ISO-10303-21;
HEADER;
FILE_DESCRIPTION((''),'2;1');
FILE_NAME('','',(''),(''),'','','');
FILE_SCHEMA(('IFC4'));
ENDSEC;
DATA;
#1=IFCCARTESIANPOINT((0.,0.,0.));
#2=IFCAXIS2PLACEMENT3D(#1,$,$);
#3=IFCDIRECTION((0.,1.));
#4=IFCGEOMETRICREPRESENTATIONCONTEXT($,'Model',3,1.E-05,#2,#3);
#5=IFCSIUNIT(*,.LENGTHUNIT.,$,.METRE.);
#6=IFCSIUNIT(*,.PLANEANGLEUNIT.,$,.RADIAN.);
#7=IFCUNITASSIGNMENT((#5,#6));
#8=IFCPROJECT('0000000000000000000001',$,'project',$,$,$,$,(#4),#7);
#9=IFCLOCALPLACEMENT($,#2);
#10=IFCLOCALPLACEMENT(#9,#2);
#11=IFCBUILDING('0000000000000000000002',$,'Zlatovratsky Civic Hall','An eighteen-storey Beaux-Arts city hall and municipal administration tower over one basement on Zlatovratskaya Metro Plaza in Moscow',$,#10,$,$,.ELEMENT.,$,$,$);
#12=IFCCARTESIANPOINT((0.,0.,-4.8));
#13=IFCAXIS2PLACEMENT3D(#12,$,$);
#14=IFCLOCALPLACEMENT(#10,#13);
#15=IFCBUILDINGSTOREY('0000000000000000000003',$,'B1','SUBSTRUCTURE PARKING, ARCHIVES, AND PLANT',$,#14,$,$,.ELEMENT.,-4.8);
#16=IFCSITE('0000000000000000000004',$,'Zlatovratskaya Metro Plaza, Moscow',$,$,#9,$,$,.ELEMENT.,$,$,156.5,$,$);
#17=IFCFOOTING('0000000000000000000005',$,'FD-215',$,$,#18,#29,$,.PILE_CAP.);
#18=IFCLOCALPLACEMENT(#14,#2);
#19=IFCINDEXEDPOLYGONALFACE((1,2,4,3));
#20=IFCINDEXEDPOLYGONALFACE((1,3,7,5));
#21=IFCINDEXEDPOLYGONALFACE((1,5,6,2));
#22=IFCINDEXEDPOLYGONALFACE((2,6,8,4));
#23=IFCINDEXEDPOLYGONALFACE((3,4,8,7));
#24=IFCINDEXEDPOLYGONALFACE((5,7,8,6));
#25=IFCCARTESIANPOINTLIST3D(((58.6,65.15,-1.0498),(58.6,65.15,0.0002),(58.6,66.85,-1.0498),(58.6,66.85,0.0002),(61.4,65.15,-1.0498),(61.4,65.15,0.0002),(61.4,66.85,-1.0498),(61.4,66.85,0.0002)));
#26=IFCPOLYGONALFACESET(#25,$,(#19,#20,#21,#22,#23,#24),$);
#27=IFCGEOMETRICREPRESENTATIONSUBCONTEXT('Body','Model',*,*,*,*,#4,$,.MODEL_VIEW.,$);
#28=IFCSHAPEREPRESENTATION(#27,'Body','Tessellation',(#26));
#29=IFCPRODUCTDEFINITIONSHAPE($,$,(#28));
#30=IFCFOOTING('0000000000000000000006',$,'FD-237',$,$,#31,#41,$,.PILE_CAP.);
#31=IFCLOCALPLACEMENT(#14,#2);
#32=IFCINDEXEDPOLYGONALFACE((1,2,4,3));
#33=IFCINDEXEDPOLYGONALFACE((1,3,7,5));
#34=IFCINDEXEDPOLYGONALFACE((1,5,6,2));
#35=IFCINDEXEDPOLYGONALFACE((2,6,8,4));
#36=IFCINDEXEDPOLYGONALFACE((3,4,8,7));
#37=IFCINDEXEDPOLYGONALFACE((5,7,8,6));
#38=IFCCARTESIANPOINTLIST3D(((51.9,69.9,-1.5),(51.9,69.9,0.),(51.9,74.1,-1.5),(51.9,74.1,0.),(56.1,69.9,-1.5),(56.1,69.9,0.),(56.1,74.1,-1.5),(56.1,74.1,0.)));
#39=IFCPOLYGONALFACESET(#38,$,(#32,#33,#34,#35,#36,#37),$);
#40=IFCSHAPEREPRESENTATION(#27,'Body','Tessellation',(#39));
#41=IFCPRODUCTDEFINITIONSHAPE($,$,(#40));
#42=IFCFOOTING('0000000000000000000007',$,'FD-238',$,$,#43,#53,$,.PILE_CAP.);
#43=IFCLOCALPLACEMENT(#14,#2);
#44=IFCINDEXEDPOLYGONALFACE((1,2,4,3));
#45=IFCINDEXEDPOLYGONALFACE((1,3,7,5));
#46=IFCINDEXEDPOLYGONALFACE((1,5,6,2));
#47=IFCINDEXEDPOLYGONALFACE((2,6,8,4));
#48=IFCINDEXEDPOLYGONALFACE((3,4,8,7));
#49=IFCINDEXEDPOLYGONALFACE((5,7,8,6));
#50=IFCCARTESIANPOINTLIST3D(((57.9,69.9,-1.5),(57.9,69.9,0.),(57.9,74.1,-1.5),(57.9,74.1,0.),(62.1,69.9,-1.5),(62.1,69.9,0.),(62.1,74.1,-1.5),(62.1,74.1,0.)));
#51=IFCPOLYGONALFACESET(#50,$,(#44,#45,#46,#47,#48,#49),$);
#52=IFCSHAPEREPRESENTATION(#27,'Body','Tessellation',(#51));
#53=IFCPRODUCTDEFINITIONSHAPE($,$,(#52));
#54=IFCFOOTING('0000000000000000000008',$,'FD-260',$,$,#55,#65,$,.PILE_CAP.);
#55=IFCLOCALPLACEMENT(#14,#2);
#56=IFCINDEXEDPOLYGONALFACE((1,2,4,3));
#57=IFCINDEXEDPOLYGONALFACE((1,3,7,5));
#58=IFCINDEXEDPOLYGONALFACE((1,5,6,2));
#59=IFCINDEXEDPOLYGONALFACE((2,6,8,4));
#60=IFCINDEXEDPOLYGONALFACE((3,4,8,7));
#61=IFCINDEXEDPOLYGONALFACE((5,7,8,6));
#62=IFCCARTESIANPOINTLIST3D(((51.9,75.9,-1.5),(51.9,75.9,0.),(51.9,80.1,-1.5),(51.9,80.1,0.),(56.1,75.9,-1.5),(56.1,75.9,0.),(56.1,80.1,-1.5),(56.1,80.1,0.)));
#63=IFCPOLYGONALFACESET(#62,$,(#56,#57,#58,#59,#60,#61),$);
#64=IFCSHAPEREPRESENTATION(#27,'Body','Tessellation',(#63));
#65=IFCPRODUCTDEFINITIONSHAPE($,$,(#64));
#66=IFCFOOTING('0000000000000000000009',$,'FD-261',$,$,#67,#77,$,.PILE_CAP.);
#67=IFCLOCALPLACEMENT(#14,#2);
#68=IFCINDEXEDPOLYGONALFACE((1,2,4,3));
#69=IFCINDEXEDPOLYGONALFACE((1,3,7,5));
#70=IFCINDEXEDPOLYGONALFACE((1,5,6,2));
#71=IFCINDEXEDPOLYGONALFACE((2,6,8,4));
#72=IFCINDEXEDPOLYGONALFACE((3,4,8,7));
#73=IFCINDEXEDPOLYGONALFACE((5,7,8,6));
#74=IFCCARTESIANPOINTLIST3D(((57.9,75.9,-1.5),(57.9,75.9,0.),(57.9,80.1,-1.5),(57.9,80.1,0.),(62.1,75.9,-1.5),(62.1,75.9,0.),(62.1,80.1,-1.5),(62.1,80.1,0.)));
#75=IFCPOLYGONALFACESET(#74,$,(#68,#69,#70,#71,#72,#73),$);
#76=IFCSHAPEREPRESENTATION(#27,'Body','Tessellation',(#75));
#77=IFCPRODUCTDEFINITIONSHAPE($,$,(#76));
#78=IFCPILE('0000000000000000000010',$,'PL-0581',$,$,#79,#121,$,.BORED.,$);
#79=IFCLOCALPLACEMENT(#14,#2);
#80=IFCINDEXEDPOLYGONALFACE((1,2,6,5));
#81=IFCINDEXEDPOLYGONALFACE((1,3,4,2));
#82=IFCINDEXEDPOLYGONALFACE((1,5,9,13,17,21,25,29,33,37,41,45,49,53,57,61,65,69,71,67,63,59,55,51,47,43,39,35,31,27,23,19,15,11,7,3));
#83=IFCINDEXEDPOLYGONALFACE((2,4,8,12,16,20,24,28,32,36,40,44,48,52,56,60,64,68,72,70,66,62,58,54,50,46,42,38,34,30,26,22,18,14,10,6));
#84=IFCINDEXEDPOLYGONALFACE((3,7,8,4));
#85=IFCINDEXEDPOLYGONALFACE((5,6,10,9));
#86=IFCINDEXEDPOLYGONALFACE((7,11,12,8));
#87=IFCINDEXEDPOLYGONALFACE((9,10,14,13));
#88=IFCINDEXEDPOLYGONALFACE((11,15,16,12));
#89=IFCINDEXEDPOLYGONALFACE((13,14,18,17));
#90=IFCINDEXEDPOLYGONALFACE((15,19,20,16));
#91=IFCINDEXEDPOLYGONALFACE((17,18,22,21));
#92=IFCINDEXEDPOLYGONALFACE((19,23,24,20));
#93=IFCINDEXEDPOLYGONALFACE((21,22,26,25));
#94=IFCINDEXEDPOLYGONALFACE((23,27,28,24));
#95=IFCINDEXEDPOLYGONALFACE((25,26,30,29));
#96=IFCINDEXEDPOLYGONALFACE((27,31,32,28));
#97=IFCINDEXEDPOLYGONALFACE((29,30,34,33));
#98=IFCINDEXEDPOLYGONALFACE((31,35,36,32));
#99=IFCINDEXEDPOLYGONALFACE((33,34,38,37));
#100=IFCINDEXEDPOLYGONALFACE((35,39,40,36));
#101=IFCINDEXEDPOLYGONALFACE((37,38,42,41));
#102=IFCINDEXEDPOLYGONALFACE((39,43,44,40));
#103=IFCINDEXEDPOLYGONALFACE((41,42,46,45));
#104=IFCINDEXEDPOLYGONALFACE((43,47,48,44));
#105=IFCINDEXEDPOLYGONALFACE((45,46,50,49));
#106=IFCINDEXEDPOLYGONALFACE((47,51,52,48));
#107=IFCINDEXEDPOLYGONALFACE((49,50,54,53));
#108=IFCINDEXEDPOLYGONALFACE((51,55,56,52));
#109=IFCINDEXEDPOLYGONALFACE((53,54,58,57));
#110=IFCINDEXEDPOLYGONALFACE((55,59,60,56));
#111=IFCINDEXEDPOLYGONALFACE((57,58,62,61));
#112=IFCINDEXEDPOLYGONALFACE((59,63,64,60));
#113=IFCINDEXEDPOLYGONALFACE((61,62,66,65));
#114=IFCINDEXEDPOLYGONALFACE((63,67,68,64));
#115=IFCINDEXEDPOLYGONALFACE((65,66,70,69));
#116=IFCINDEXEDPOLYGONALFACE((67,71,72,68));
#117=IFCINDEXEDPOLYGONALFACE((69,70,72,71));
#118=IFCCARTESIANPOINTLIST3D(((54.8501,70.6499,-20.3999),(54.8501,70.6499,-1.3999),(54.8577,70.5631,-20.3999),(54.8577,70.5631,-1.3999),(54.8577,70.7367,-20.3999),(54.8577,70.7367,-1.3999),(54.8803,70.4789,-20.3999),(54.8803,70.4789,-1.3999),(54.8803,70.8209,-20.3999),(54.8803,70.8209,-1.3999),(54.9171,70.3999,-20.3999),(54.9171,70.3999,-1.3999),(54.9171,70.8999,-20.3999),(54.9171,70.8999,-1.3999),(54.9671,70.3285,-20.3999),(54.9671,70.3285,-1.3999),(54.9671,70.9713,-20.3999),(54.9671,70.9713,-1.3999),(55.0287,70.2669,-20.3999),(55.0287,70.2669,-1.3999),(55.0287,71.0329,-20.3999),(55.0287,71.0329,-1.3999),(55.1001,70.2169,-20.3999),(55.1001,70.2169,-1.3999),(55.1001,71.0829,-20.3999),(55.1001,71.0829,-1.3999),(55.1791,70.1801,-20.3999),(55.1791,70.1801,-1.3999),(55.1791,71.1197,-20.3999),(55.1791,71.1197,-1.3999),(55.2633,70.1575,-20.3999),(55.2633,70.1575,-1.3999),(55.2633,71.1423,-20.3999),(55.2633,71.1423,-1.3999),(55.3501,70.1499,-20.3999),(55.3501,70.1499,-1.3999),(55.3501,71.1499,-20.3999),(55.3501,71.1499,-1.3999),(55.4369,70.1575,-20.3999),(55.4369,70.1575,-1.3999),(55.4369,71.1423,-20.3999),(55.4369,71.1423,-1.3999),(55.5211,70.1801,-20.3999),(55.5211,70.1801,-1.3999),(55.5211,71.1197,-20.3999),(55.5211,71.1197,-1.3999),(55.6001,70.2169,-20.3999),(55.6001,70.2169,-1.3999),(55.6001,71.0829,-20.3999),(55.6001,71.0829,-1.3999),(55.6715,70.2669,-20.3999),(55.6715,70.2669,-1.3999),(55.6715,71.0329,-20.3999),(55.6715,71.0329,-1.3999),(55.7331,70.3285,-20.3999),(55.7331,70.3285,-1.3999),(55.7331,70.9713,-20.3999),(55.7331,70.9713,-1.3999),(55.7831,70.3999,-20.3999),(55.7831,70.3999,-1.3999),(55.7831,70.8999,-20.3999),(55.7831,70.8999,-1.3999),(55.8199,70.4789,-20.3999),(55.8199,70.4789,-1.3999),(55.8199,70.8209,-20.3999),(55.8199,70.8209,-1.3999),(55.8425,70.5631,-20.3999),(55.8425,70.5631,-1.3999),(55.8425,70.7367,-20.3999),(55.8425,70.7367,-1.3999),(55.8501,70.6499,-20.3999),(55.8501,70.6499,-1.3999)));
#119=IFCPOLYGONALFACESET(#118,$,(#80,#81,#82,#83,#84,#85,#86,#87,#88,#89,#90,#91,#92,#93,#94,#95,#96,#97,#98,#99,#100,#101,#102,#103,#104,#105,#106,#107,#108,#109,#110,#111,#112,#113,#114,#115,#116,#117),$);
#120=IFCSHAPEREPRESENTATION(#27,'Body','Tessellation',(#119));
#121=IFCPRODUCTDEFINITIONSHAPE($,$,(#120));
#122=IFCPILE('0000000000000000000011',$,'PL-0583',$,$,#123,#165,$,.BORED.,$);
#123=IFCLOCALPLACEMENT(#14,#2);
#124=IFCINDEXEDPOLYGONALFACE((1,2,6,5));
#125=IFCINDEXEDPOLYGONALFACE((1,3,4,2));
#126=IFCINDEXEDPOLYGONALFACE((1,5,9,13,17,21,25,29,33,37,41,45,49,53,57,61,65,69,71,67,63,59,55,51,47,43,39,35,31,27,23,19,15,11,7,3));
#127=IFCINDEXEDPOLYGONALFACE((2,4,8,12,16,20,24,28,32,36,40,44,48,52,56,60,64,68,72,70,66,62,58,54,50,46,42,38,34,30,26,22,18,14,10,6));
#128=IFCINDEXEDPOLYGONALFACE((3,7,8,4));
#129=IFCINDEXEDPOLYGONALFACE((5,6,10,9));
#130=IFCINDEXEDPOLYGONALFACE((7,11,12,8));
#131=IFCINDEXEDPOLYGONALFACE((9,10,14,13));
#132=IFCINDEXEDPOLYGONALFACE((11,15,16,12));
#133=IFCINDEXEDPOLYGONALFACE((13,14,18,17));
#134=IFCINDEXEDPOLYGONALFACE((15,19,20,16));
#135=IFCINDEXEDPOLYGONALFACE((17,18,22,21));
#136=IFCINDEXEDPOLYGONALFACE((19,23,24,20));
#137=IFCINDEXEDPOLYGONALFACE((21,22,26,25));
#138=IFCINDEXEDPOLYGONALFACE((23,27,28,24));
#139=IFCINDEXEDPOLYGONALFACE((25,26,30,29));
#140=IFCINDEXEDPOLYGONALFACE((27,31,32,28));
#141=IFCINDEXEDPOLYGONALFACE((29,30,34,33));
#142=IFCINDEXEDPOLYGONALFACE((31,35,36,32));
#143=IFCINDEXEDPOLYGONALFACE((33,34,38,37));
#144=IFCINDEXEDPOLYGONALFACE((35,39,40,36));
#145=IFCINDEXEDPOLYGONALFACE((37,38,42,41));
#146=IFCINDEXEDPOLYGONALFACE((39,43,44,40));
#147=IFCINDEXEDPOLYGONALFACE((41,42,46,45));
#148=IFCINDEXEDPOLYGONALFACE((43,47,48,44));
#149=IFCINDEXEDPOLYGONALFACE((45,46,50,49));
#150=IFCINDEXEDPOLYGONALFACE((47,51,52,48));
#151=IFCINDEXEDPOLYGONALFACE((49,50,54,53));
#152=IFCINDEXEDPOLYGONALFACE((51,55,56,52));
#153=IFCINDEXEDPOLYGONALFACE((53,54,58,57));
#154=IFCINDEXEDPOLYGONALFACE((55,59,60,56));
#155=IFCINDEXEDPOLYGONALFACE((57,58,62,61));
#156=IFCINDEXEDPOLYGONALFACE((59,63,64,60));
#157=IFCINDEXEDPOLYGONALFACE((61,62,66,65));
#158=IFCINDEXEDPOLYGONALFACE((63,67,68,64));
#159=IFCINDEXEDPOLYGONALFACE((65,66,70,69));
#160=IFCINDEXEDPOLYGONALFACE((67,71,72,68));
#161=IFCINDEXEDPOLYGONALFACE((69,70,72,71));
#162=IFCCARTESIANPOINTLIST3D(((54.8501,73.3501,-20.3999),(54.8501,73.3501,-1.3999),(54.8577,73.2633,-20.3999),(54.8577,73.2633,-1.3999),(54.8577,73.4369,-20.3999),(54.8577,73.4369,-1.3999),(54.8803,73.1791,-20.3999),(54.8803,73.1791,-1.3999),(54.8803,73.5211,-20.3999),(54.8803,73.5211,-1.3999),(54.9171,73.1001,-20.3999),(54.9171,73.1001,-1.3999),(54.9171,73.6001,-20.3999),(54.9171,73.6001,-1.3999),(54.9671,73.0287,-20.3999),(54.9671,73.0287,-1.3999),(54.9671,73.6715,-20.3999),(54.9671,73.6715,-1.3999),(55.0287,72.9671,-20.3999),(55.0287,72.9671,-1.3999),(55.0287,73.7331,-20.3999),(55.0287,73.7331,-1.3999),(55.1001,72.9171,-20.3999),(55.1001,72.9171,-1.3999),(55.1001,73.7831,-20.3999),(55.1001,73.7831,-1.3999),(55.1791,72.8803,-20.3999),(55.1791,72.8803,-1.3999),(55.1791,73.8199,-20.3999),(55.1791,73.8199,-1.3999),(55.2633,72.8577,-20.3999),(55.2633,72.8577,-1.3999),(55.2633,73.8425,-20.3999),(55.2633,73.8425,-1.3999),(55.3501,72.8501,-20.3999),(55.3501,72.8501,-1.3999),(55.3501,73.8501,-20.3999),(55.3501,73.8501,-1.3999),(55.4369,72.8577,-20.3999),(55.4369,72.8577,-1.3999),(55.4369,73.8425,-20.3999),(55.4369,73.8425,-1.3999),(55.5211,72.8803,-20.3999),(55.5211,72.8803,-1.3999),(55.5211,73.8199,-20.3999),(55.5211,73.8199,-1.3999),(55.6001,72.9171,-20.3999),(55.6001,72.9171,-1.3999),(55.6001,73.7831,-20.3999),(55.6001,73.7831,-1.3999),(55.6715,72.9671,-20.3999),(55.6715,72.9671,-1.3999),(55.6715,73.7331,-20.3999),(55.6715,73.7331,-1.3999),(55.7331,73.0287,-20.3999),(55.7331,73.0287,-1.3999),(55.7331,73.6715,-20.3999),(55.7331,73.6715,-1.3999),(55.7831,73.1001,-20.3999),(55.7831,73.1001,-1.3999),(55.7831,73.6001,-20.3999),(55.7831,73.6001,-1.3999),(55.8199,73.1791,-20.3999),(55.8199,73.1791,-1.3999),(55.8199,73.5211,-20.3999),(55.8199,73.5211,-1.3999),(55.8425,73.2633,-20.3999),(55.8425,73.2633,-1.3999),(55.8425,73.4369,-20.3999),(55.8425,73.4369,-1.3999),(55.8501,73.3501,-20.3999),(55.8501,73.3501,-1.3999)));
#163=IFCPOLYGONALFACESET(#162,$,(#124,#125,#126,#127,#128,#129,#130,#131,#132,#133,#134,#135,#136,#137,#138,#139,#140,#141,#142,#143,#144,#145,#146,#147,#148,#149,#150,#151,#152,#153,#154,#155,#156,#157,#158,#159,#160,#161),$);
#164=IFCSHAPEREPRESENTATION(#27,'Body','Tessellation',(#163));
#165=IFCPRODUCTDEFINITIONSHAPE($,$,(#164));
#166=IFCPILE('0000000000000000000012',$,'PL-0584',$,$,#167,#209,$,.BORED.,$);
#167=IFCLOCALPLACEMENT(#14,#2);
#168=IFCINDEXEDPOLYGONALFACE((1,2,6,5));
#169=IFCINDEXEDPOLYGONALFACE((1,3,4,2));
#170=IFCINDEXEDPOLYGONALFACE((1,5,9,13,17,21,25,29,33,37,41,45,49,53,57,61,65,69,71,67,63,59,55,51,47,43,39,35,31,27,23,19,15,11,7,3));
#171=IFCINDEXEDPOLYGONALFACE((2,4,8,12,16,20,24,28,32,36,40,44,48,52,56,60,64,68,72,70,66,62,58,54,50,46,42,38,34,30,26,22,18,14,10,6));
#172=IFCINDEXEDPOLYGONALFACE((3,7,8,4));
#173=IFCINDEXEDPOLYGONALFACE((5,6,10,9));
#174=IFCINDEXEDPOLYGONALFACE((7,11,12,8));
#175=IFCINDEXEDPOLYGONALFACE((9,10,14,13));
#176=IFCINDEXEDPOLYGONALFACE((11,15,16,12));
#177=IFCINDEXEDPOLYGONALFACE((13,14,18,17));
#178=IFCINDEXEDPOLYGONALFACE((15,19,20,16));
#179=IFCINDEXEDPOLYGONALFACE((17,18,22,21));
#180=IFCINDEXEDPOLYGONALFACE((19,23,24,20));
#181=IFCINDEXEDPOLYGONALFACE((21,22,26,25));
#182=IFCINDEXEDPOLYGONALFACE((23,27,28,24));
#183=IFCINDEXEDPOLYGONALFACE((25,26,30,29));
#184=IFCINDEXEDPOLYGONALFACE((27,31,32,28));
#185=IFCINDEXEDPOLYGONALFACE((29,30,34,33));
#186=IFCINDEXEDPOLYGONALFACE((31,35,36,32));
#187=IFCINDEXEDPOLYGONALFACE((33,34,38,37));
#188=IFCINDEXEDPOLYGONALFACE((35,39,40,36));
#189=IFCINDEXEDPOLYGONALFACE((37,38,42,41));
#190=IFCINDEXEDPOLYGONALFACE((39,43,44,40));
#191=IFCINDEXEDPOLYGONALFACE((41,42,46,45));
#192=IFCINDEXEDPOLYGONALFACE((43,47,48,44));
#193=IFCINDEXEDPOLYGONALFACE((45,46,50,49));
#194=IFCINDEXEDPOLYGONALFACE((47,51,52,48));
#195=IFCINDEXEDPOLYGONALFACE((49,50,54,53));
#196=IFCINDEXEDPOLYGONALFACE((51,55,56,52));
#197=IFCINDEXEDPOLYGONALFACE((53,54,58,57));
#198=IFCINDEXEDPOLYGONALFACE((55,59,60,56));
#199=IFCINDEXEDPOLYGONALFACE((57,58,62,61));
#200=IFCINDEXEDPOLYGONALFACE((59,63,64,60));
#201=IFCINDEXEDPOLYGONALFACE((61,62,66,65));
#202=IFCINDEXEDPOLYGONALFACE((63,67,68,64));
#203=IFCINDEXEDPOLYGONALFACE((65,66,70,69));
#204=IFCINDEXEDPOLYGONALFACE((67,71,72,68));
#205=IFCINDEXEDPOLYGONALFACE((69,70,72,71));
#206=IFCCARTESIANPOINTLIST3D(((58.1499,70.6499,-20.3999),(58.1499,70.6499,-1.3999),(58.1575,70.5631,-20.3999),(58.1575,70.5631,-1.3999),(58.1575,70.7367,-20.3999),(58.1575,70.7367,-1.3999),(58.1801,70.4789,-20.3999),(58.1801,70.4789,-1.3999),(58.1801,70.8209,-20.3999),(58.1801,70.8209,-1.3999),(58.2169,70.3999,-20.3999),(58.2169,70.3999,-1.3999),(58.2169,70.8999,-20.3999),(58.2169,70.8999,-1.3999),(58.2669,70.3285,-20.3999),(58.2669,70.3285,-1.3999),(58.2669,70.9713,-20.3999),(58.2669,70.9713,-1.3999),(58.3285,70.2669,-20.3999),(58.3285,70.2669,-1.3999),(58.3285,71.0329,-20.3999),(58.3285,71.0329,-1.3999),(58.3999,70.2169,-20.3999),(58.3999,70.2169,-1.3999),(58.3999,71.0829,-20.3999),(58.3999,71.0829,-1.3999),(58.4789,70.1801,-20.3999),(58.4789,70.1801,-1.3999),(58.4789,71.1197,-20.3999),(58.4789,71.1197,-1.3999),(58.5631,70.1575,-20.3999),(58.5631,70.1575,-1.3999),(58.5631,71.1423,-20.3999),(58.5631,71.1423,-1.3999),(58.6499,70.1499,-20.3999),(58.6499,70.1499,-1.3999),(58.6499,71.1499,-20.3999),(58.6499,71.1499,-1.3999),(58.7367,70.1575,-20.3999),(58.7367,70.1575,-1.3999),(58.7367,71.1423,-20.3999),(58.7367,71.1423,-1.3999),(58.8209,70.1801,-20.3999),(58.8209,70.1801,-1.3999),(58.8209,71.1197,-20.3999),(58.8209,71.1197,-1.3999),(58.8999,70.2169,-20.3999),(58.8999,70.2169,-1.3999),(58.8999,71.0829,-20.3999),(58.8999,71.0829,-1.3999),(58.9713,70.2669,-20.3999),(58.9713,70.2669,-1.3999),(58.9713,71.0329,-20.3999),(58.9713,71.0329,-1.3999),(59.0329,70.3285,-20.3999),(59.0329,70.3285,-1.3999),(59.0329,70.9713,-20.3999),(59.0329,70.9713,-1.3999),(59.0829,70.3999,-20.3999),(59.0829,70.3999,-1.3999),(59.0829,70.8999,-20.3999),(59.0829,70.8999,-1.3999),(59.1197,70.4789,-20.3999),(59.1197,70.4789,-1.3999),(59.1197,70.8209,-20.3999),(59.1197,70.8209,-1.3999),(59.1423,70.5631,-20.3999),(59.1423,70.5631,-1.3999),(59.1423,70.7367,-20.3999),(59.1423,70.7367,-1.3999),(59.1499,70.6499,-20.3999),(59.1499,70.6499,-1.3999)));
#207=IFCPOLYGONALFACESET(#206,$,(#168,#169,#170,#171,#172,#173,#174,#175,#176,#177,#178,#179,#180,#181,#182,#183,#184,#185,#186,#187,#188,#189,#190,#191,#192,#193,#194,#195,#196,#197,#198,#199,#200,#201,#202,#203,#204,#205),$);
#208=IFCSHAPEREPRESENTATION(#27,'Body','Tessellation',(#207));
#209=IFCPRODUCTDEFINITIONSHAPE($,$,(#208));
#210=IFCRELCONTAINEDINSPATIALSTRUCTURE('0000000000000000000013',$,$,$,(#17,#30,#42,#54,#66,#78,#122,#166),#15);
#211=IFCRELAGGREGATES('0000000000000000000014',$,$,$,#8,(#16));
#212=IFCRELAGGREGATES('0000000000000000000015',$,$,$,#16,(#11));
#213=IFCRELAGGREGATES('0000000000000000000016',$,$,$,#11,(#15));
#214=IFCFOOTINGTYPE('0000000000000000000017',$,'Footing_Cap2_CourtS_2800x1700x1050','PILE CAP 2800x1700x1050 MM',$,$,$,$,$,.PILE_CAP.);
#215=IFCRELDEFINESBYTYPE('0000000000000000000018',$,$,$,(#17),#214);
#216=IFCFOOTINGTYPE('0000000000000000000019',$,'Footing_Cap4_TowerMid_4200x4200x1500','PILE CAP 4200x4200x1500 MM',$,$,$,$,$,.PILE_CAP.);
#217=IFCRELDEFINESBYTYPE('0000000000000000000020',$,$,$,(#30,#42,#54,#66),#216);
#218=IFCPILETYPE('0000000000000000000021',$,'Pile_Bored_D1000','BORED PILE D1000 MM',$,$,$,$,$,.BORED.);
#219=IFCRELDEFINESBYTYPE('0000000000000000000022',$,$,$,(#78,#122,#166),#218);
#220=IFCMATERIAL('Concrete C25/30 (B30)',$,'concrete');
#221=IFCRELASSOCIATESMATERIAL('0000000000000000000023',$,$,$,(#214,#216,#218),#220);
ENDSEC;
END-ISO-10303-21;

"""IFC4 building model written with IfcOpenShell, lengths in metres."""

from ifc_helpers import new_model, si_unit, direction, frame, origin, origin_2d, place, context, subcontext, project, spatial, rectangle, circle, extrude, material, material_profile, profile_set, type_object, element, save


model = new_model("IFC4")

# Units and contexts
model_context = context("Model", 3, precision=1e-05, world=origin(), true_north=direction((0.0, 1.0)))
body_context = subcontext(model_context, "Body", "Model", "MODEL_VIEW")
ifc_project = project(units=[si_unit("LENGTHUNIT", "METRE"), si_unit("PLANEANGLEUNIT", "RADIAN")], contexts=[model_context])

# Site, building, storey
site_placement = place(None, origin())
site = spatial("IfcSite", under=ifc_project, at=site_placement, Name="Zlatovratskaya Metro Plaza, Moscow", CompositionType="ELEMENT", RefElevation=156.5)
building_placement = place(site_placement, origin())
building = spatial("IfcBuilding", under=site, at=building_placement, Name="Zlatovratsky Civic Hall", Description="An eighteen-storey Beaux-Arts city hall and municipal administration tower over one basement on Zlatovratskaya Metro Plaza in Moscow", CompositionType="ELEMENT")
storey_placement = place(building_placement, frame((0.0, 0.0, -4.8)))
storey = spatial("IfcBuildingStorey", under=building, at=storey_placement, Name="B1", Description="SUBSTRUCTURE PARKING, ARCHIVES, AND PLANT", CompositionType="ELEMENT", Elevation=-4.8)

# Footings
ifc_material_1 = material(Name="Concrete C25/30 (B30)", Category="concrete")
footing_type_1 = type_object("IfcFootingType", Name="Footing_Cap2_CourtS_2800x1700x1050", Description="PILE CAP 2800x1700x1050 MM", PredefinedType="PILE_CAP", material=ifc_material_1)
footing_placement = place(storey_placement, frame((60.0, 66.0, -1.0498), z_axis=(0.0, 0.0, 1.0), x_axis=(1.0, 0.0, 0.0)))
element("IfcFooting", 1, at=footing_placement, inside=storey, type_object=footing_type_1, Name="FD-215", PredefinedType="PILE_CAP", context=body_context, shape_type="SweptSolid", body=[
    extrude(rectangle(XDim=2.8, YDim=1.7, at=origin_2d()), origin(), (0.0, 0.0, 1.0), 1.05),
])
footing_type_2 = type_object("IfcFootingType", Name="Footing_Cap4_TowerMid_4200x4200x1500", Description="PILE CAP 4200x4200x1500 MM", PredefinedType="PILE_CAP", material=ifc_material_1)
for number, where, z_axis, x_axis, name in (
    (2, (54.0, 72.0, -1.5), (0.0, 0.0, 1.0), (1.0, 0.0, 0.0), "FD-237"),
    (3, (60.0, 72.0, -1.5), (0.0, 0.0, 1.0), (1.0, 0.0, 0.0), "FD-238"),
    (4, (54.0, 78.0, -1.5), (0.0, 0.0, 1.0), (1.0, 0.0, 0.0), "FD-260"),
    (5, (60.0, 78.0, -1.5), (0.0, 0.0, 1.0), (1.0, 0.0, 0.0), "FD-261"),
):
    element("IfcFooting", number, at=place(storey_placement, frame(where, z_axis=z_axis, x_axis=x_axis)), inside=storey, type_object=footing_type_2, Name=name, PredefinedType="PILE_CAP", context=body_context, shape_type="SweptSolid", body=[
        extrude(rectangle(XDim=4.2, YDim=4.2, at=origin_2d()), origin(), (0.0, 0.0, 1.0), 1.5),
    ])

# Piles
ifc_material_profile_1 = material_profile(ifc_material_1, circle(Radius=0.5, at=origin_2d()), Name="PILE D1000")
ifc_profile_set_1 = profile_set([ifc_material_profile_1], Name="Concrete C25/30 (B30)")
pile_type_1 = type_object("IfcPileType", Name="Pile_Bored_D1000", Description="BORED PILE D1000 MM", PredefinedType="BORED", material=ifc_profile_set_1)
for number, where, z_axis, x_axis, name in (
    (6, (55.3501, 70.6499, -1.3999), (0.0, 0.0, -1.0), (1.0, 0.0, 0.0), "PL-0581"),
    (7, (55.3501, 73.3501, -1.3999), (0.0, 0.0, -1.0), (1.0, 0.0, 0.0), "PL-0583"),
    (8, (58.6499, 70.6499, -1.3999), (0.0, 0.0, -1.0), (1.0, 0.0, 0.0), "PL-0584"),
):
    element("IfcPile", number, at=place(storey_placement, frame(where, z_axis=z_axis, x_axis=x_axis)), inside=storey, type_object=pile_type_1, Name=name, PredefinedType="BORED", context=body_context, shape_type="SweptSolid", body=[
        extrude(circle(Radius=0.5, at=origin_2d()), origin(), (0.0, 0.0, 1.0), 19.0),
    ])

save(model, "model.ifc")
